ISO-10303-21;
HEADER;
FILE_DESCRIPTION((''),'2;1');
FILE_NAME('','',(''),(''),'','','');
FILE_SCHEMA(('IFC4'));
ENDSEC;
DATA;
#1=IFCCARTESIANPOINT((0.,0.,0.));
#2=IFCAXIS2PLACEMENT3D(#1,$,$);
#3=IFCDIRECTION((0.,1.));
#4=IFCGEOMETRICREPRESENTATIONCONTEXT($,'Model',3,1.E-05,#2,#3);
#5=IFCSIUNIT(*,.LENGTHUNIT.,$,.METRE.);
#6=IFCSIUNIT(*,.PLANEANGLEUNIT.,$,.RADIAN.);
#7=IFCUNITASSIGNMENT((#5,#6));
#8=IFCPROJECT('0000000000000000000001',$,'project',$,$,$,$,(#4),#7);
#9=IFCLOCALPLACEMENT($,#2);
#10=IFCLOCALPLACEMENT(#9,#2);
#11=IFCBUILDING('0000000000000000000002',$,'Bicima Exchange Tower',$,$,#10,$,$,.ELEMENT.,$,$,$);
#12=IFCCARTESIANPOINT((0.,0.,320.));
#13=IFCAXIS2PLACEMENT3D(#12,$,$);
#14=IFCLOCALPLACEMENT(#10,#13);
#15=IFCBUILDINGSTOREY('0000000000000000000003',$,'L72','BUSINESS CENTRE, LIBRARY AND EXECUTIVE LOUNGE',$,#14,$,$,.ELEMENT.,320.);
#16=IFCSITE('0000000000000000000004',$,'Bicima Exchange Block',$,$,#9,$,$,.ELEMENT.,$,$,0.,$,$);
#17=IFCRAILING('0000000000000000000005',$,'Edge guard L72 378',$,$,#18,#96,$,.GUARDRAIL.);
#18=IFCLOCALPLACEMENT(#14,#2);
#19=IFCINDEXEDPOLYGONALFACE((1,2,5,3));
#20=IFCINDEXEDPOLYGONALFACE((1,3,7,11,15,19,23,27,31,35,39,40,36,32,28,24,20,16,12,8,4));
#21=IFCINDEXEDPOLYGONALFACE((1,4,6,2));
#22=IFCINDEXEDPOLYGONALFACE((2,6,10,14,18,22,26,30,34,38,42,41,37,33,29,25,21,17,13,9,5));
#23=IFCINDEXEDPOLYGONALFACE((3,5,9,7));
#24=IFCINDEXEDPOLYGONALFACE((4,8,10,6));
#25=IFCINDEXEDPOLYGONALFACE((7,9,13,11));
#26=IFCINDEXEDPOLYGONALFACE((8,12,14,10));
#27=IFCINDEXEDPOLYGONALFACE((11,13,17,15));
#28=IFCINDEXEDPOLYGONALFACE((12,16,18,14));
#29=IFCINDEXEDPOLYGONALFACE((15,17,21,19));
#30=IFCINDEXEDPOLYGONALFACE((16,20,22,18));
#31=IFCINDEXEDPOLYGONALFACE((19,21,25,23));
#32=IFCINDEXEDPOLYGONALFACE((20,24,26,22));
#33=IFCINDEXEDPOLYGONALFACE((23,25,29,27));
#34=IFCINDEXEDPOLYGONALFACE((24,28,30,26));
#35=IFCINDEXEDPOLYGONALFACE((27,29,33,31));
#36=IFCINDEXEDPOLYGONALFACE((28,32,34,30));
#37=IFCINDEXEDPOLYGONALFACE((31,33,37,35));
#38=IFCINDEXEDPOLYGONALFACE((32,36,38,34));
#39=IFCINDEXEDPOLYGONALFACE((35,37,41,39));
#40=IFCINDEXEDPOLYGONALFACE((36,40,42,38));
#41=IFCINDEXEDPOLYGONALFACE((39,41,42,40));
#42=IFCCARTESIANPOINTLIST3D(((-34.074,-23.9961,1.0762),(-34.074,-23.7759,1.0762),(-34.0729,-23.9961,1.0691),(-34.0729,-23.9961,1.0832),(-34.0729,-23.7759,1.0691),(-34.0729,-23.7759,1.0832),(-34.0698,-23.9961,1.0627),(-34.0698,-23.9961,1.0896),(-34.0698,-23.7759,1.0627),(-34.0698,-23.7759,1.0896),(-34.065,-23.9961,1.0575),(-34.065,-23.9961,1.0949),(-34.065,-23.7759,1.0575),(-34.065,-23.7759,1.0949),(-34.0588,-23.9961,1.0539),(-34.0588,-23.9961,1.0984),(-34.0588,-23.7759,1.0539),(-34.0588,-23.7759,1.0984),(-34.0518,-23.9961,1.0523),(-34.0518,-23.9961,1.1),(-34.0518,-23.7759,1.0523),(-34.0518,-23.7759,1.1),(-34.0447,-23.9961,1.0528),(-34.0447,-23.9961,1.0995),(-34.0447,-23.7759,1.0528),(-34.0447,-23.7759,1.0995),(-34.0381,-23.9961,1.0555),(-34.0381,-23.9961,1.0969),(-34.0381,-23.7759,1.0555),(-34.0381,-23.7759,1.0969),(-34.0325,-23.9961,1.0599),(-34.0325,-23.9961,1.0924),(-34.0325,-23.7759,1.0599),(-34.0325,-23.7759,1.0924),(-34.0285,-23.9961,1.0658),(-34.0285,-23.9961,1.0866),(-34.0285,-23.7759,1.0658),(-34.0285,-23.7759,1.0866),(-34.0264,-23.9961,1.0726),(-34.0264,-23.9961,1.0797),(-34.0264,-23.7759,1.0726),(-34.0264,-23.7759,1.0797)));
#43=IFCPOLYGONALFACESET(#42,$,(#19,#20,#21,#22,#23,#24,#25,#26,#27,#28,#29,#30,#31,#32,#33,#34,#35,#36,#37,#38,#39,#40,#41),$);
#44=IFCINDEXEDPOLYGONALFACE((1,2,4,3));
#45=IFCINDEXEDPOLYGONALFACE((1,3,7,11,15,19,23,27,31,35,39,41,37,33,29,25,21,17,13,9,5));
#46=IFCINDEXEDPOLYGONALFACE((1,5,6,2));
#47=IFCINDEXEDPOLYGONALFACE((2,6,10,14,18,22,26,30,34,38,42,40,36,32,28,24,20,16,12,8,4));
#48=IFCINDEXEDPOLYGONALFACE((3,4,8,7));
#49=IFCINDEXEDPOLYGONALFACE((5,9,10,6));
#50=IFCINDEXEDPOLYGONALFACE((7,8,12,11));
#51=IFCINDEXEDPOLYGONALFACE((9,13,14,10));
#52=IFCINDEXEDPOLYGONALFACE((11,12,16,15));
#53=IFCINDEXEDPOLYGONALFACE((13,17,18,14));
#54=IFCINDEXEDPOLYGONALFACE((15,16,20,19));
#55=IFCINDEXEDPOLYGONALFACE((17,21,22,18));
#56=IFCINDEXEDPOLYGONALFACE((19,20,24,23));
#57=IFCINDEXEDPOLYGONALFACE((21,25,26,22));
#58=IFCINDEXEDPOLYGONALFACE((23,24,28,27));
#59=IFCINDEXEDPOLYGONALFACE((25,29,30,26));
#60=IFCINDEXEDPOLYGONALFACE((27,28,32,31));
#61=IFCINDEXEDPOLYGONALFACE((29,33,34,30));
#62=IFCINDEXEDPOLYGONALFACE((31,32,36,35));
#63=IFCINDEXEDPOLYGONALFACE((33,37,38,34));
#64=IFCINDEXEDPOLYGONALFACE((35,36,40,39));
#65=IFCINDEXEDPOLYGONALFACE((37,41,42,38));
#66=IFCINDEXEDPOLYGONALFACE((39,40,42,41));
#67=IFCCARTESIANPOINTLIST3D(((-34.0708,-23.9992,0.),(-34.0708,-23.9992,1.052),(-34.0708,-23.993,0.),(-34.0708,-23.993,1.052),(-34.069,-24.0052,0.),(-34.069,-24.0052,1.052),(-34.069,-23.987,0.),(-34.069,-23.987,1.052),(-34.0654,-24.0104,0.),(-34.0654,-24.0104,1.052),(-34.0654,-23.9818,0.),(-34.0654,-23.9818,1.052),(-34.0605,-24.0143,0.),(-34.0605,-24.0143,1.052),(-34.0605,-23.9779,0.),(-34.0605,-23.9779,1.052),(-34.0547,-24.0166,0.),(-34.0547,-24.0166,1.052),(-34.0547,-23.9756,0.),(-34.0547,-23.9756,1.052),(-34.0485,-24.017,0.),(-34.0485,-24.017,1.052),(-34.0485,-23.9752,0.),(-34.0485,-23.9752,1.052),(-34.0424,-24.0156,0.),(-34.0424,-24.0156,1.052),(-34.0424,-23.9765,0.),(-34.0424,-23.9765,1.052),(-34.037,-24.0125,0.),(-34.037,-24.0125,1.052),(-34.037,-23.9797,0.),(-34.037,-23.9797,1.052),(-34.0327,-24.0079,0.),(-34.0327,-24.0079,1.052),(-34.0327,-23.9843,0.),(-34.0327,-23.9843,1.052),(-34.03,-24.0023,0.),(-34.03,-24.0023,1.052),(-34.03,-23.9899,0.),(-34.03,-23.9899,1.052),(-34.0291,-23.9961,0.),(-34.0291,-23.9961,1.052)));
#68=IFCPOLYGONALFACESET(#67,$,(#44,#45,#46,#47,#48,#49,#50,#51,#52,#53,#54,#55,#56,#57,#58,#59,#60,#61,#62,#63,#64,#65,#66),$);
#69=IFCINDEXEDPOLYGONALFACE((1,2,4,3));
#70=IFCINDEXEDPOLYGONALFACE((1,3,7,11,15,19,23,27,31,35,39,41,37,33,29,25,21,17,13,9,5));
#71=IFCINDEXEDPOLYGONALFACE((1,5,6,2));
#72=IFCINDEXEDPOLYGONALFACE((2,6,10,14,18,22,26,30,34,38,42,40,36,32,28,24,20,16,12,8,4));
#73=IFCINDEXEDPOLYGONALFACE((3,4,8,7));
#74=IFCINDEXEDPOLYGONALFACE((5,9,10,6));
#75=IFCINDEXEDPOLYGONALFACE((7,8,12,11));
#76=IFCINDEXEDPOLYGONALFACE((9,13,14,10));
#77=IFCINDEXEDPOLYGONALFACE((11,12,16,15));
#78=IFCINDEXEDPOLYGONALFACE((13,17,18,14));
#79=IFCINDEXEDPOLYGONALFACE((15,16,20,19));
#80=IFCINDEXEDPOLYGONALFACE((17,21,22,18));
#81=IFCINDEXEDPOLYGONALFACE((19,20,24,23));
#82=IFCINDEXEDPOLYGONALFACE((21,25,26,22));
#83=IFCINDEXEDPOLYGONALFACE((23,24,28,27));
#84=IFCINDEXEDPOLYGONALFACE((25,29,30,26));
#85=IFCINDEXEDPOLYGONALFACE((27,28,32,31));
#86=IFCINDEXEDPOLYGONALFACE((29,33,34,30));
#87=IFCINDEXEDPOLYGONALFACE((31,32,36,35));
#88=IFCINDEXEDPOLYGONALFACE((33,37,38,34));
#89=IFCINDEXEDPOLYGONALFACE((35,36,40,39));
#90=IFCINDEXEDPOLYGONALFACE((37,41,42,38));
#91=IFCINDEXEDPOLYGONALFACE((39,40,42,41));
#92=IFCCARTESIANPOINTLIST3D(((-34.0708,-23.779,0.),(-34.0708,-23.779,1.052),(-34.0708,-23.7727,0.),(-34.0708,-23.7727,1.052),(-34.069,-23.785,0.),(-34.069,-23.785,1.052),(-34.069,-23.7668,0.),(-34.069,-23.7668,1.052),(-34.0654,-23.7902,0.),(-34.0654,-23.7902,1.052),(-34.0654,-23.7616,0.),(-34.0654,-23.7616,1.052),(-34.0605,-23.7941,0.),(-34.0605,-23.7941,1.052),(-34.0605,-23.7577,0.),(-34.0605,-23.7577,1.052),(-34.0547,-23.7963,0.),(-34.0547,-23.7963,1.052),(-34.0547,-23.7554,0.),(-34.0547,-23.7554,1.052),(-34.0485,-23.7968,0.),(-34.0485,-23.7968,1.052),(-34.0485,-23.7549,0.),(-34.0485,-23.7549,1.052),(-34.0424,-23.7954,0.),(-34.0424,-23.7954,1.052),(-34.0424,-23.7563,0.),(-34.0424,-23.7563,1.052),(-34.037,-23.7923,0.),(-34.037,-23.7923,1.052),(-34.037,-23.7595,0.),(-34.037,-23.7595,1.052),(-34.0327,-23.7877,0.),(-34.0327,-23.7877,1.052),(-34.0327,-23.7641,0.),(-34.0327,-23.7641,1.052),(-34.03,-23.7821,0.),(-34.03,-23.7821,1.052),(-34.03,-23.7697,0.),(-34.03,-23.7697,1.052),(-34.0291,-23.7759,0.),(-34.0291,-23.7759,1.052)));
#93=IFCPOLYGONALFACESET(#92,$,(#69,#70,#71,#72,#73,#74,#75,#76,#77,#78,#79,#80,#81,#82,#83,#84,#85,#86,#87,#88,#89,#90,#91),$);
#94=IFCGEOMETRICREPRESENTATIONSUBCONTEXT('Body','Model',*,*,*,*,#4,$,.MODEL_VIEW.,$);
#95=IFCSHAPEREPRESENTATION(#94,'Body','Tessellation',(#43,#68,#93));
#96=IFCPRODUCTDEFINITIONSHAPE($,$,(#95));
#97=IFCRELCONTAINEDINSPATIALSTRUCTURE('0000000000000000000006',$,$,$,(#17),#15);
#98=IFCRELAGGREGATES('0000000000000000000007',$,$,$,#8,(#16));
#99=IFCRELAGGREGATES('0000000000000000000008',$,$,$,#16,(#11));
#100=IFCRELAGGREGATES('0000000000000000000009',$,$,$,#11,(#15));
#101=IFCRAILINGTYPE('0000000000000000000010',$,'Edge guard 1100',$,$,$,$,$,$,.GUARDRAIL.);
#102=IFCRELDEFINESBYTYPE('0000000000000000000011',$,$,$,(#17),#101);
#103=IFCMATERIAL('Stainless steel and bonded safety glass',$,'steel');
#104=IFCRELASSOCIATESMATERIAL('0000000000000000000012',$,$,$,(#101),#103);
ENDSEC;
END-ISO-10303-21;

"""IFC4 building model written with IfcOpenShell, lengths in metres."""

from ifc_helpers import new_model, si_unit, direction, frame, origin, origin_2d, place, context, subcontext, project, spatial, circle, extrude, material, type_object, element, save


model = new_model("IFC4")

# Units and contexts
model_context = context("Model", 3, precision=1e-05, world=origin(), true_north=direction((0.0, 1.0)))
body_context = subcontext(model_context, "Body", "Model", "MODEL_VIEW")
ifc_project = project(units=[si_unit("LENGTHUNIT", "METRE"), si_unit("PLANEANGLEUNIT", "RADIAN")], contexts=[model_context])

# Site, building, storey
site_placement = place(None, origin())
site = spatial("IfcSite", under=ifc_project, at=site_placement, Name="Bicima Exchange Block", CompositionType="ELEMENT", RefElevation=0.0)
building_placement = place(site_placement, origin())
building = spatial("IfcBuilding", under=site, at=building_placement, Name="Bicima Exchange Tower", CompositionType="ELEMENT")
storey_placement = place(building_placement, frame((0.0, 0.0, 320.0)))
storey = spatial("IfcBuildingStorey", under=building, at=storey_placement, Name="L72", Description="BUSINESS CENTRE, LIBRARY AND EXECUTIVE LOUNGE", CompositionType="ELEMENT", Elevation=320.0)

# Railing
ifc_material_1 = material(Name="Stainless steel and bonded safety glass", Category="steel")
railing_type = type_object("IfcRailingType", Name="Edge guard 1100", PredefinedType="GUARDRAIL", material=ifc_material_1)
railing_1_placement = place(storey_placement, frame((-34.05, -23.9961, 0.0)))
element("IfcRailing", 1, at=railing_1_placement, inside=storey, type_object=railing_type, Name="Edge guard L72 378", PredefinedType="GUARDRAIL", context=body_context, shape_type="SweptSolid", body=[
    extrude(circle(Radius=0.0239, at=origin_2d()), frame((0.0, 0.0, 1.0762), z_axis=(0.0, 1.0, 0.0), x_axis=(-1.0, 0.0, 0.0)), (0.0, 0.0, 1.0), 0.2202),
    extrude(circle(Radius=0.021, at=origin_2d()), origin(), (0.0, 0.0, 1.0), 1.052),
    extrude(circle(Radius=0.021, at=origin_2d()), frame((0.0, 0.2202, 0.0)), (0.0, 0.0, 1.0), 1.052),
])

save(model, "model.ifc")
